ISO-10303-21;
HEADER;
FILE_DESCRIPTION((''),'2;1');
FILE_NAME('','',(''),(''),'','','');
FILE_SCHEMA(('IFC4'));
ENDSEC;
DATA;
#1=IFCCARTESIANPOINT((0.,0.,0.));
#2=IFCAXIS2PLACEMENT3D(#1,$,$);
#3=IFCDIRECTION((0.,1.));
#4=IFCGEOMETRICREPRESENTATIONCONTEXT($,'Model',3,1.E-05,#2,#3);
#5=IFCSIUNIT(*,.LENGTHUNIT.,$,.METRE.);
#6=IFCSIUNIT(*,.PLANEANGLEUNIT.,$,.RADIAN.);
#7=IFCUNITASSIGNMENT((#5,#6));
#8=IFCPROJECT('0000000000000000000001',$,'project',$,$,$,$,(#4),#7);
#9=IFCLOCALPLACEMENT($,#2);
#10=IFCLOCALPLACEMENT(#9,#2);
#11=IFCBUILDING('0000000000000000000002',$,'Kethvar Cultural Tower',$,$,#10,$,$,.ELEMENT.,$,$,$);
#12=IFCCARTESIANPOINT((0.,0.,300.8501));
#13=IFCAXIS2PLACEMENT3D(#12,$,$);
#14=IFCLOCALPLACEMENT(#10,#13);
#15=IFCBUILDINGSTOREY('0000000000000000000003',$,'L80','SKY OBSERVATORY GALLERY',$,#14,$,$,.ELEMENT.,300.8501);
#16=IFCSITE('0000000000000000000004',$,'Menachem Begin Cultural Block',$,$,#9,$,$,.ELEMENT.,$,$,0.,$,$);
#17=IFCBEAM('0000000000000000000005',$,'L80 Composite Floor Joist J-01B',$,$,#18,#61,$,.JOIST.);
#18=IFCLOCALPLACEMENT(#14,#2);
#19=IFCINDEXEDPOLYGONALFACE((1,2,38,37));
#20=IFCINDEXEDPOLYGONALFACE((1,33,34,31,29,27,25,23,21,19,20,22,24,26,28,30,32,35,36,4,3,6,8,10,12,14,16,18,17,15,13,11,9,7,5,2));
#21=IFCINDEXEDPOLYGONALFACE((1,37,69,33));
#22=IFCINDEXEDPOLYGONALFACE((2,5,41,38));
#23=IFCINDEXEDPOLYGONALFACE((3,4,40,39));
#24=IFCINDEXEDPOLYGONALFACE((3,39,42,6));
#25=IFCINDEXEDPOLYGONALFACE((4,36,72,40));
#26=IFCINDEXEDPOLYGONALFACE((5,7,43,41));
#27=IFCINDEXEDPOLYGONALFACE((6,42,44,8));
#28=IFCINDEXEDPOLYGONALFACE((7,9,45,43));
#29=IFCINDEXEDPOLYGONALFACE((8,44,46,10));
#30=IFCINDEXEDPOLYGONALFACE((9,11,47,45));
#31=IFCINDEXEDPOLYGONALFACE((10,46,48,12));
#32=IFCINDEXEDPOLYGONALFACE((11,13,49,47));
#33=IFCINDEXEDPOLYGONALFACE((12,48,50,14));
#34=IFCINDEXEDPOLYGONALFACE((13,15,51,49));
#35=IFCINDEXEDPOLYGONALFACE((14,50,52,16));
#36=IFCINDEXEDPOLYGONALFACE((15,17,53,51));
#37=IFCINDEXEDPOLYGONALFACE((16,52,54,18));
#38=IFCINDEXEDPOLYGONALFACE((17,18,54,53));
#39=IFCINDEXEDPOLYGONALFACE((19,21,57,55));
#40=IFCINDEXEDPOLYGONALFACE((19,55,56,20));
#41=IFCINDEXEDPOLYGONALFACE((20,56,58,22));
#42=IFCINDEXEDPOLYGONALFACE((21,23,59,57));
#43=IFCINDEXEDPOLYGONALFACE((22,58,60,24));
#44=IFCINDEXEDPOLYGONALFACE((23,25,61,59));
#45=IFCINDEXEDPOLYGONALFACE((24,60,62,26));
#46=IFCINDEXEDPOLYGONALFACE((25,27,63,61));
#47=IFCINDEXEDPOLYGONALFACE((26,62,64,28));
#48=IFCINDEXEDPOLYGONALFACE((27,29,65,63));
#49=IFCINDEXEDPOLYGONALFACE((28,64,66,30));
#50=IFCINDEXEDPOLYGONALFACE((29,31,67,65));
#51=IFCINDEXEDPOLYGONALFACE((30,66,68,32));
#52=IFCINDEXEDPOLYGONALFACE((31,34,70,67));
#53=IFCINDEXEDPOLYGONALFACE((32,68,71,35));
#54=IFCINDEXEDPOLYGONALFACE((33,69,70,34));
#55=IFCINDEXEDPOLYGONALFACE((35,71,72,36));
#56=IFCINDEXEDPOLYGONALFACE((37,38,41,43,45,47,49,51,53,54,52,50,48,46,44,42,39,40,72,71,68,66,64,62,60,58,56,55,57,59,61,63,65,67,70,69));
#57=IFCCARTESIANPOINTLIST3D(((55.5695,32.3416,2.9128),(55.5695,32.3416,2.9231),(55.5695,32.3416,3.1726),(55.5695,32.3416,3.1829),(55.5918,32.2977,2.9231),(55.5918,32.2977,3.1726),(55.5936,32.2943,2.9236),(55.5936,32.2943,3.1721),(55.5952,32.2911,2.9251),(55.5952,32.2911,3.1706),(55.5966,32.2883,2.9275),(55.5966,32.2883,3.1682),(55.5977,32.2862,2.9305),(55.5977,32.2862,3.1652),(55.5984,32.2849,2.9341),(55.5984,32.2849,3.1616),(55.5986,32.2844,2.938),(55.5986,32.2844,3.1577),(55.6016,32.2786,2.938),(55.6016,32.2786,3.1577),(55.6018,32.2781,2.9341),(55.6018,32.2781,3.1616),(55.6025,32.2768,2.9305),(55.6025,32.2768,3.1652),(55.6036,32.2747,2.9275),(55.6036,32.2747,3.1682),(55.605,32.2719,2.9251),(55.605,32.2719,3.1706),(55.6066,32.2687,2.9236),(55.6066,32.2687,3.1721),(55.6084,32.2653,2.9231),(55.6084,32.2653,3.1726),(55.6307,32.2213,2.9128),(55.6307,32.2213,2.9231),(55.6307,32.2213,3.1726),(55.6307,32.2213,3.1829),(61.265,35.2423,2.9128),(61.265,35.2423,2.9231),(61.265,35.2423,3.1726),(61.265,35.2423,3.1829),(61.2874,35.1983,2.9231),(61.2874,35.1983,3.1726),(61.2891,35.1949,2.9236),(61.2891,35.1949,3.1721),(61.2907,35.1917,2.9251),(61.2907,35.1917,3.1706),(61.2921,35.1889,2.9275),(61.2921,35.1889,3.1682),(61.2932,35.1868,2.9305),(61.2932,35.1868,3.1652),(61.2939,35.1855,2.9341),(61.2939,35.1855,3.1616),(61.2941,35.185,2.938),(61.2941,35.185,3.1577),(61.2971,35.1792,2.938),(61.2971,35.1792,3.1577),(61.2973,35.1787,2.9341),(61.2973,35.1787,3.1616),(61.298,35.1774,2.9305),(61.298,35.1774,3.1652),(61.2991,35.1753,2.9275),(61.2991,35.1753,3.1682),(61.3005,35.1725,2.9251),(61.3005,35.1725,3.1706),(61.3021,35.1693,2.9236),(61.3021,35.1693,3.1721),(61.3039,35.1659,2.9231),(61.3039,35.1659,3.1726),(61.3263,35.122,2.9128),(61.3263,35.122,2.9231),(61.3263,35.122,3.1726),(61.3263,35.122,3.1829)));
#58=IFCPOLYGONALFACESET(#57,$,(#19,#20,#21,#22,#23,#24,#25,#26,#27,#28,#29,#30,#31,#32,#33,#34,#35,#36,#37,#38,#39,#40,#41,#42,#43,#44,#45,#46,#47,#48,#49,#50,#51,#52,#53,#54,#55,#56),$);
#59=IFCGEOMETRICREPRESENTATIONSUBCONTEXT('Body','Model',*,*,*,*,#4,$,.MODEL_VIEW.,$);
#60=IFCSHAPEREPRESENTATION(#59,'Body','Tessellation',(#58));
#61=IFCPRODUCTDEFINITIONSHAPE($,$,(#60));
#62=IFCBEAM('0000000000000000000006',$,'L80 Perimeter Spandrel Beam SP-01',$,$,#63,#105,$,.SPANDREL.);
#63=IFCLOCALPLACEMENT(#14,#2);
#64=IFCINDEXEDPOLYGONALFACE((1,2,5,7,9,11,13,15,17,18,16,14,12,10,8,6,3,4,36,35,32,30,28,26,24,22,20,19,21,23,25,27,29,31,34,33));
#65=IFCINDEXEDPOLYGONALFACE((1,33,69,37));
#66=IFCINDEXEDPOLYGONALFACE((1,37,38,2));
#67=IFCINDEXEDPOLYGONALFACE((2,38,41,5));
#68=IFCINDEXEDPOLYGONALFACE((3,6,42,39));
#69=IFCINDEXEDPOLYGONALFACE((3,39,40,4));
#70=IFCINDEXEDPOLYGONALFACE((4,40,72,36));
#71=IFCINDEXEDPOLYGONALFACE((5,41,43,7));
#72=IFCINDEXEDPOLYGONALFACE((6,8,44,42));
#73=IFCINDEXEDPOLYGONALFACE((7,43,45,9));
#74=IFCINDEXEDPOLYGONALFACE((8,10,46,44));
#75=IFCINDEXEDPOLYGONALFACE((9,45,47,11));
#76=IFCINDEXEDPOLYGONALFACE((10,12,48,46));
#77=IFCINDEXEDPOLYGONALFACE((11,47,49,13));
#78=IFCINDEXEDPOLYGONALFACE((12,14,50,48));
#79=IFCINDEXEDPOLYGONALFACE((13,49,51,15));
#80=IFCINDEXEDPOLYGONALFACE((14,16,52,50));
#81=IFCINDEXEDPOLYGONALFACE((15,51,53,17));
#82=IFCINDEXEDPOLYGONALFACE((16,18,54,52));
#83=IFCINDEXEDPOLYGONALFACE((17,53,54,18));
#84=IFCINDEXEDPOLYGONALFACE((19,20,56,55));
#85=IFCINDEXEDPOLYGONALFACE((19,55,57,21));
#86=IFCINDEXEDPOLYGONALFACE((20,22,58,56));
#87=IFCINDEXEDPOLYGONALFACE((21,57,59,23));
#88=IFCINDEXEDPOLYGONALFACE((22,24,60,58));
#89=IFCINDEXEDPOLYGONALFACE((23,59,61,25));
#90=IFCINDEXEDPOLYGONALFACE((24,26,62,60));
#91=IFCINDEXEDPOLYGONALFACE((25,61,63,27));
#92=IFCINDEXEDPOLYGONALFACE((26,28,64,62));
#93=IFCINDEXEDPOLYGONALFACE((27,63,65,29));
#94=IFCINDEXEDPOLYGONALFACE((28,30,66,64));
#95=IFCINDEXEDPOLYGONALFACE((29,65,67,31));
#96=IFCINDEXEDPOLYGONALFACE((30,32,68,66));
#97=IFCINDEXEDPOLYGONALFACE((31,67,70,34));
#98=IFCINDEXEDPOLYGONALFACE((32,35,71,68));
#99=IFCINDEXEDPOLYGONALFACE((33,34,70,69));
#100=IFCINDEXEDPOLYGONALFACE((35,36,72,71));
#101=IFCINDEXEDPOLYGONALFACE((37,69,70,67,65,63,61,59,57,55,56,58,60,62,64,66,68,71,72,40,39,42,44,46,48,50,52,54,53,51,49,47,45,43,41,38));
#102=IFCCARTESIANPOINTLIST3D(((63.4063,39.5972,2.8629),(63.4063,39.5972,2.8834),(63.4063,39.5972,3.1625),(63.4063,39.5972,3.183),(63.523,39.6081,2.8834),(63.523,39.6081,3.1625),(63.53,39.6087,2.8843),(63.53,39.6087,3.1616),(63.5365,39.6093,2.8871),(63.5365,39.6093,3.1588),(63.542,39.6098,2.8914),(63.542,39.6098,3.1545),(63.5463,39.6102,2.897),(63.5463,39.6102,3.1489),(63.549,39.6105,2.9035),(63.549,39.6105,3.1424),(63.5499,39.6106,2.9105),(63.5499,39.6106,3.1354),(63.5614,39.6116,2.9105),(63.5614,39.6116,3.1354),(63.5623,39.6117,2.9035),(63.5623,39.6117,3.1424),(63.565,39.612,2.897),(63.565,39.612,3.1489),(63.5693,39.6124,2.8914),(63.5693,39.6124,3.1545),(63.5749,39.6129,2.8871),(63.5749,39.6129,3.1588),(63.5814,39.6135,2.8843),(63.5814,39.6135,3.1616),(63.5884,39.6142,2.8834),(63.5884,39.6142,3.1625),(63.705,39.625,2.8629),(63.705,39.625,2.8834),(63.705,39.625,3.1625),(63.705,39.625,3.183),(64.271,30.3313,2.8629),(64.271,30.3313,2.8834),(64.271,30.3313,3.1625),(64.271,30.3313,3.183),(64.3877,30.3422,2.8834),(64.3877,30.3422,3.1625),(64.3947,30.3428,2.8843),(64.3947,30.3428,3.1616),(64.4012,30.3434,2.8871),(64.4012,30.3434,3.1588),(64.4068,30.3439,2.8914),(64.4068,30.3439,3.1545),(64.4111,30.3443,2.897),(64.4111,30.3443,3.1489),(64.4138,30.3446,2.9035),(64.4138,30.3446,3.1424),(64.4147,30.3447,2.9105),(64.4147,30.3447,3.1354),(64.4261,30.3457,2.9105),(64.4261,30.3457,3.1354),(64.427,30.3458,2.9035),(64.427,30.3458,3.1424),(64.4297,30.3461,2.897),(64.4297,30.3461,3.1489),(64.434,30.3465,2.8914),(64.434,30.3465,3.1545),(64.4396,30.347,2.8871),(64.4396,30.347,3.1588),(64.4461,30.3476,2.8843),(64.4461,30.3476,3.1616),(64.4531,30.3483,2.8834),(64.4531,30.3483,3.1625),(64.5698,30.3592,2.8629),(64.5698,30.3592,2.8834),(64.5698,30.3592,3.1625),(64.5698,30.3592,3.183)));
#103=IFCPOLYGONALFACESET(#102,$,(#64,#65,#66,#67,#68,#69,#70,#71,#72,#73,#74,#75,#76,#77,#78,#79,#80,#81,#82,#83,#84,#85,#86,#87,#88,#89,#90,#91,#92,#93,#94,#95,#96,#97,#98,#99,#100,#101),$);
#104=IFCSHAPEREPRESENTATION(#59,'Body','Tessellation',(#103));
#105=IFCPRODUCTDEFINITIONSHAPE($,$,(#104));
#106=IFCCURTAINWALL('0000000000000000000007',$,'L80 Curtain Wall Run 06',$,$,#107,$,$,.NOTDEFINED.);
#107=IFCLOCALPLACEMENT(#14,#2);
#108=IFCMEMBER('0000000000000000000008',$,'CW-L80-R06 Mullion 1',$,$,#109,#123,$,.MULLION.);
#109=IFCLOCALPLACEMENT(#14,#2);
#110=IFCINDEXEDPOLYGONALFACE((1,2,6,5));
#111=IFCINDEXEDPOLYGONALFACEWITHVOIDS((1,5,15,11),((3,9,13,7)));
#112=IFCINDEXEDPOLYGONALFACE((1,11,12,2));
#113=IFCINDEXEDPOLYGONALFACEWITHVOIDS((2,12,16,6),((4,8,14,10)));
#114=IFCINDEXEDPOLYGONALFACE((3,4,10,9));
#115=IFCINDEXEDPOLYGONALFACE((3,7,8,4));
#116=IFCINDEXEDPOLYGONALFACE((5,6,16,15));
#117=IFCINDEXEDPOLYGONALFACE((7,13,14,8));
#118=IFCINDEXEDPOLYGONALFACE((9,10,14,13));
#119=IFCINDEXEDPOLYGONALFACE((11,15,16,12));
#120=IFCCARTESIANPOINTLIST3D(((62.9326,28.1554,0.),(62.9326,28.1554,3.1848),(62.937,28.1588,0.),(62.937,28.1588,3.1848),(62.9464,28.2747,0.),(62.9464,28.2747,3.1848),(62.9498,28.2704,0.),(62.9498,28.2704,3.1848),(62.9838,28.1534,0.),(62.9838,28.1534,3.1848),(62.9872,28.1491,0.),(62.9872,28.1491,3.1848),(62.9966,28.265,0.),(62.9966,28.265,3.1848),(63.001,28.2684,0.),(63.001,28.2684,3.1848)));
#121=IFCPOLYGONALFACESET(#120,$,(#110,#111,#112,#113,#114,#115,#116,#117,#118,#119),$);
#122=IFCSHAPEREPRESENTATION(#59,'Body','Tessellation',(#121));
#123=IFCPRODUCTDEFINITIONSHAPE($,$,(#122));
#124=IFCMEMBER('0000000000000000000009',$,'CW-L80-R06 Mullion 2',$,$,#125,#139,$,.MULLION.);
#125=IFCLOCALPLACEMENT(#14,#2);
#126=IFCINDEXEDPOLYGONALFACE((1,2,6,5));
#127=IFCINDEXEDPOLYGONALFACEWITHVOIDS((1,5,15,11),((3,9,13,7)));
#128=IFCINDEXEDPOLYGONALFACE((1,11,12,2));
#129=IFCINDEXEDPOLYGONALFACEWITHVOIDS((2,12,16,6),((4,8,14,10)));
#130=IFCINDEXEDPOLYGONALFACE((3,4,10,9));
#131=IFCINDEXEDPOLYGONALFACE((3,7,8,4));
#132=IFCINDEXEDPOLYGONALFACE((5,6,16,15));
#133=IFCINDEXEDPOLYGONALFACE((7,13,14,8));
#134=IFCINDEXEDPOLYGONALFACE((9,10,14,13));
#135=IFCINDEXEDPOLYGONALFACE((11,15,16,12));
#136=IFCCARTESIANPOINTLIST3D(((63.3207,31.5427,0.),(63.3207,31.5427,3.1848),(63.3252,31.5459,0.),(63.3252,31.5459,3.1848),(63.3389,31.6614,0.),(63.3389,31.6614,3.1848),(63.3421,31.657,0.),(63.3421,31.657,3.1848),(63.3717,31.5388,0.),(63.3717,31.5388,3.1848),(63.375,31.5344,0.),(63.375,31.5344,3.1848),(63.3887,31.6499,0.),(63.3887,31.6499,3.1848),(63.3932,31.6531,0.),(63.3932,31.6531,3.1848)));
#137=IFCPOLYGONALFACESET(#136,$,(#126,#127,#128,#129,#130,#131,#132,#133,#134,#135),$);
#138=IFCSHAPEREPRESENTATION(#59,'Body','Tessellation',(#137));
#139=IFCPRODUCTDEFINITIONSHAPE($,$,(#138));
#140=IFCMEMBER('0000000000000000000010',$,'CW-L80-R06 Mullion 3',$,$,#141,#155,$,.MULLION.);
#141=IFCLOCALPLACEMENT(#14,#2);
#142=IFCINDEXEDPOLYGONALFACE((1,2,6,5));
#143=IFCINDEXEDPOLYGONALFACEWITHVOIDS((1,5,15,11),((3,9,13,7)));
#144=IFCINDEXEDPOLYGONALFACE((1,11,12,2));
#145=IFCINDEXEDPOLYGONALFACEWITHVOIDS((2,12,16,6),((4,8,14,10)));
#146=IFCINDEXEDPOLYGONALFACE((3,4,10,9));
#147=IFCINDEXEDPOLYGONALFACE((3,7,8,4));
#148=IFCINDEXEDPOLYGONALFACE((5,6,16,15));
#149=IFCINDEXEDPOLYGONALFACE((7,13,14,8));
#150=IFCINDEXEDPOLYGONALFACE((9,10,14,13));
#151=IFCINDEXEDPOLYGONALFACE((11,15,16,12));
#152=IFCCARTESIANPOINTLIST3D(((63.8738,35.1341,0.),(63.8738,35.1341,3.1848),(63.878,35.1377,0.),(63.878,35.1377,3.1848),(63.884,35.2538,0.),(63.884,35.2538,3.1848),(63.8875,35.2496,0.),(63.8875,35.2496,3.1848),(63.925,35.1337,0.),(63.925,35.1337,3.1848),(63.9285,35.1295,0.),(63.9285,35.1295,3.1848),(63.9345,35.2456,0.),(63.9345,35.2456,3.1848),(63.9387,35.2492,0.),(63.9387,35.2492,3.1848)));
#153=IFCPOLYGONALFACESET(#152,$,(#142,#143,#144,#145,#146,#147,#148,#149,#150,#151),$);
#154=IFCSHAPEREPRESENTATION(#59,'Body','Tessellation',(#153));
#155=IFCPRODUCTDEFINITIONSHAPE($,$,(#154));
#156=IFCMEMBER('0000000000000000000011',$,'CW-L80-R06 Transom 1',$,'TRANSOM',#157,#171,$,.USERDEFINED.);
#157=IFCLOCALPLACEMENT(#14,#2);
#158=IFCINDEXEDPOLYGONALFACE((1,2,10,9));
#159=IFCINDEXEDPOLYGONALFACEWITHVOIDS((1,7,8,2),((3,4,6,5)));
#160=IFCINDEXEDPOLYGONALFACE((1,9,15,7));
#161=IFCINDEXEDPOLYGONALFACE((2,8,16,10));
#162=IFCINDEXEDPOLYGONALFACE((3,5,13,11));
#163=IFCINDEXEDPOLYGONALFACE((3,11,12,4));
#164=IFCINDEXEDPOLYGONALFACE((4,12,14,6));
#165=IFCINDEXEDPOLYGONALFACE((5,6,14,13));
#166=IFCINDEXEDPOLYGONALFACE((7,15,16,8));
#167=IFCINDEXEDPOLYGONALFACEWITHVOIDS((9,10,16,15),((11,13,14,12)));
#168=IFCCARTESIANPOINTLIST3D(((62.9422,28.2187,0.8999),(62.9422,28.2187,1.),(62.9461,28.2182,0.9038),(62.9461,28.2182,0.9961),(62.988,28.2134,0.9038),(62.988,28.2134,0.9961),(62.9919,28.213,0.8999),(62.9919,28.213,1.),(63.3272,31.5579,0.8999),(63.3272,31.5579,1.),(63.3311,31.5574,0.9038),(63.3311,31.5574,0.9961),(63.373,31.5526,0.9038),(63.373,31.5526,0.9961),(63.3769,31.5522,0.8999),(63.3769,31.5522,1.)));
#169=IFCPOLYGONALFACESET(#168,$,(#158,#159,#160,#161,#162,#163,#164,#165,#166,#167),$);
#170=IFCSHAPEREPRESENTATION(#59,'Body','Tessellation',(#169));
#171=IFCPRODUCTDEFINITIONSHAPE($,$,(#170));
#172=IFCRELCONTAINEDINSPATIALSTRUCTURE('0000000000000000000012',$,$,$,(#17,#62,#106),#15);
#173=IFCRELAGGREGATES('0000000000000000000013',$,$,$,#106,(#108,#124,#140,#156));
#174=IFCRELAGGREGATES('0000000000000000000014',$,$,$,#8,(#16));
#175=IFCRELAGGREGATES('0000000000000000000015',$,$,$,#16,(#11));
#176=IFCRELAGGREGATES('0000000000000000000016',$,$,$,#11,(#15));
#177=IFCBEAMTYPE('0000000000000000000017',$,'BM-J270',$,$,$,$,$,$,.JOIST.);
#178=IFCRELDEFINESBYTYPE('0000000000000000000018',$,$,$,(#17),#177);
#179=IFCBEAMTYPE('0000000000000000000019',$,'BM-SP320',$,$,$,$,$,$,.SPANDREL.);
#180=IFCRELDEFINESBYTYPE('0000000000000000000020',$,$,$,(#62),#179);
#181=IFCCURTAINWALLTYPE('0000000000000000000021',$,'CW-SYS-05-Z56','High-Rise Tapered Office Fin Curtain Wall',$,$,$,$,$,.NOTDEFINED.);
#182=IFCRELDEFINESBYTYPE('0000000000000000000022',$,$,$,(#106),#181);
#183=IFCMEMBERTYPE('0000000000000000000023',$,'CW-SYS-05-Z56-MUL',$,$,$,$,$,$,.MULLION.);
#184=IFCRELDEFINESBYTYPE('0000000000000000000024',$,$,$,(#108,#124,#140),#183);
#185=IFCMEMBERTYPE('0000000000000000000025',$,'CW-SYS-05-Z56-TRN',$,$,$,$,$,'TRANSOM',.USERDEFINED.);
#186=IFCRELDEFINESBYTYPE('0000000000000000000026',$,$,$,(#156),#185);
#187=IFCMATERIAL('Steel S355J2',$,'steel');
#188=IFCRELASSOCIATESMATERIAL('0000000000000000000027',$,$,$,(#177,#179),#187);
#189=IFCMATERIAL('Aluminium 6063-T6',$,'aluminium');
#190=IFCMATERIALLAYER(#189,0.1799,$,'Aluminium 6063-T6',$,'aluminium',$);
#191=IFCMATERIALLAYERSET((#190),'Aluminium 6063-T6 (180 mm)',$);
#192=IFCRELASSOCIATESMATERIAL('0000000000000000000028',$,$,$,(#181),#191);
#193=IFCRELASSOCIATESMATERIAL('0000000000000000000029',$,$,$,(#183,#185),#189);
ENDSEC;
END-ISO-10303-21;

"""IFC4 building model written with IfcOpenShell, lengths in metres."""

from ifc_helpers import new_model, si_unit, direction, frame, origin, origin_2d, place, context, subcontext, project, spatial, hollow_rectangle, i_section, extrude, source, transform, mapped, material, layer, layer_set, material_profile, profile_set, type_object, element, aggregate, save


model = new_model("IFC4")

# Units and contexts
model_context = context("Model", 3, precision=1e-05, world=origin(), true_north=direction((0.0, 1.0)))
body_context = subcontext(model_context, "Body", "Model", "MODEL_VIEW")
ifc_project = project(units=[si_unit("LENGTHUNIT", "METRE"), si_unit("PLANEANGLEUNIT", "RADIAN")], contexts=[model_context])

# Site, building, storey
site_placement = place(None, origin())
site = spatial("IfcSite", under=ifc_project, at=site_placement, Name="Menachem Begin Cultural Block", CompositionType="ELEMENT", RefElevation=0.0)
building_placement = place(site_placement, origin())
building = spatial("IfcBuilding", under=site, at=building_placement, Name="Kethvar Cultural Tower", CompositionType="ELEMENT")
storey_placement = place(building_placement, frame((0.0, 0.0, 300.8501)))
storey = spatial("IfcBuildingStorey", under=building, at=storey_placement, Name="L80", Description="SKY OBSERVATORY GALLERY", CompositionType="ELEMENT", Elevation=300.8501)

# Shared definitions
ifc_material_1 = material(Name="Steel S355J2", Category="steel")

# Beams
ifc_material_profile_1 = material_profile(ifc_material_1, i_section(OverallWidth=0.135, OverallDepth=0.27, WebThickness=0.0066, FlangeThickness=0.0103, FilletRadius=0.0149, at=origin_2d()), Name="Steel S355J2 — IPE270")
ifc_profile_set_1 = profile_set([ifc_material_profile_1], Name="Steel S355J2 — IPE270")
beam_type_1 = type_object("IfcBeamType", Name="BM-J270", PredefinedType="JOIST", material=ifc_profile_set_1)
shared_shape_1 = source(origin(), body_context, "Body", "SweptSolid", [
    extrude(i_section(OverallWidth=0.135, OverallDepth=0.27, WebThickness=0.0066, FlangeThickness=0.0103, FilletRadius=0.0149, at=origin_2d()), origin(), (0.0, 0.0, 1.0), 6.3916),
])
beam_1_placement = place(storey_placement, frame((55.6001, 32.2815, 3.0479), z_axis=(0.891095, 0.453817, 0.0), x_axis=(-0.453817, 0.891095, 0.0)))
element("IfcBeam", 1, at=beam_1_placement, inside=storey, type_object=beam_type_1, Name="L80 Composite Floor Joist J-01B", PredefinedType="JOIST", context=body_context, shape_type="MappedRepresentation", body=[
    mapped(shared_shape_1, transform((0.0, 0.0, 0.0), scale=1.0)),
])
ifc_material_profile_2 = material_profile(ifc_material_1, i_section(OverallWidth=0.3, OverallDepth=0.3201, WebThickness=0.0115, FlangeThickness=0.0205, FilletRadius=0.0271, at=origin_2d()), Name="Steel S355J2 — HEB320")
ifc_profile_set_2 = profile_set([ifc_material_profile_2], Name="Steel S355J2 — HEB320")
beam_type_2 = type_object("IfcBeamType", Name="BM-SP320", PredefinedType="SPANDREL", material=ifc_profile_set_2)
shared_shape_2 = source(origin(), body_context, "Body", "SweptSolid", [
    extrude(i_section(OverallWidth=0.3, OverallDepth=0.3201, WebThickness=0.0115, FlangeThickness=0.0205, FilletRadius=0.0271, at=origin_2d()), origin(), (0.0, 0.0, 1.0), 9.3062),
])
beam_2_placement = place(storey_placement, frame((64.4204, 30.3452, 3.0229), z_axis=(-0.092922, 0.995673, 0.0), x_axis=(-0.995673, -0.092922, 0.0)))
element("IfcBeam", 2, at=beam_2_placement, inside=storey, type_object=beam_type_2, Name="L80 Perimeter Spandrel Beam SP-01", PredefinedType="SPANDREL", context=body_context, shape_type="MappedRepresentation", body=[
    mapped(shared_shape_2, transform((0.0, 0.0, 0.0), scale=1.0)),
])

# Curtain wall, members
ifc_material_2 = material(Name="Aluminium 6063-T6", Category="aluminium")
ifc_layer_1 = layer(ifc_material_2, 0.1799, Name="Aluminium 6063-T6", Category="aluminium")
ifc_layer_set_1 = layer_set([ifc_layer_1], Name="Aluminium 6063-T6 (180 mm)")
curtain_wall_type = type_object("IfcCurtainWallType", Name="CW-SYS-05-Z56", Description="High-Rise Tapered Office Fin Curtain Wall", PredefinedType="NOTDEFINED", material=ifc_layer_set_1)
curtain_wall_placement = place(storey_placement, origin())
curtain_wall = element("IfcCurtainWall", 3, at=curtain_wall_placement, inside=storey, type_object=curtain_wall_type, Name="L80 Curtain Wall Run 06", PredefinedType="NOTDEFINED")
ifc_material_profile_3 = material_profile(ifc_material_2, hollow_rectangle(XDim=0.0549, YDim=0.1201, WallThickness=0.0039, at=origin_2d()), Name="Aluminium 6063-T6 — RHS120x55x4")
ifc_profile_set_3 = profile_set([ifc_material_profile_3], Name="Aluminium 6063-T6 — RHS120x55x4")
member_type_1 = type_object("IfcMemberType", Name="CW-SYS-05-Z56-MUL", PredefinedType="MULLION", material=ifc_profile_set_3)
shared_shape_3 = source(origin(), body_context, "Body", "SweptSolid", [
    extrude(hollow_rectangle(XDim=0.0549, YDim=0.1201, WallThickness=0.0039, at=origin_2d()), origin(), (0.0, 0.0, 1.0), 3.1848),
])
member_1_placement = place(storey_placement, frame((62.9668, 28.2119, 0.0), z_axis=(0.0, 0.0, 1.0), x_axis=(-0.993421, 0.114521, 0.0)))
member_1 = element("IfcMember", 4, at=member_1_placement, type_object=member_type_1, Name="CW-L80-R06 Mullion 1", PredefinedType="MULLION", context=body_context, shape_type="MappedRepresentation", body=[
    mapped(shared_shape_3, transform((0.0, 0.0, 0.0), scale=1.0)),
])
member_2_placement = place(storey_placement, frame((63.3569, 31.5979, 0.0), z_axis=(0.0, 0.0, 1.0), x_axis=(-0.988536, 0.150985, 0.0)))
member_2 = element("IfcMember", 5, at=member_2_placement, type_object=member_type_1, Name="CW-L80-R06 Mullion 2", PredefinedType="MULLION", context=body_context, shape_type="MappedRepresentation", body=[
    mapped(shared_shape_3, transform((0.0, 0.0, 0.0), scale=1.0)),
])
member_3_placement = place(storey_placement, frame((63.9062, 35.1917, 0.0), z_axis=(0.0, 0.0, 1.0), x_axis=(-0.996385, 0.084947, 0.0)))
member_3 = element("IfcMember", 6, at=member_3_placement, type_object=member_type_1, Name="CW-L80-R06 Mullion 3", PredefinedType="MULLION", context=body_context, shape_type="MappedRepresentation", body=[
    mapped(shared_shape_3, transform((0.0, 0.0, 0.0), scale=1.0)),
])
ifc_material_profile_4 = material_profile(ifc_material_2, hollow_rectangle(XDim=0.05, YDim=0.1001, WallThickness=0.0039, at=origin_2d()), Name="Aluminium 6063-T6 — RHS100x50x4")
ifc_profile_set_4 = profile_set([ifc_material_profile_4], Name="Aluminium 6063-T6 — RHS100x50x4")
member_type_2 = type_object("IfcMemberType", Name="CW-SYS-05-Z56-TRN", ElementType="TRANSOM", PredefinedType="USERDEFINED", material=ifc_profile_set_4)
shared_shape_4 = source(origin(), body_context, "Body", "SweptSolid", [
    extrude(hollow_rectangle(XDim=0.05, YDim=0.1001, WallThickness=0.0039, at=origin_2d()), origin(), (0.0, 0.0, 1.0), 3.3613),
])
member_4_placement = place(storey_placement, frame((62.967, 28.2158, 0.95), z_axis=(0.114544, 0.993418, 0.0), x_axis=(-0.993418, 0.114544, 0.0)))
member_4 = element("IfcMember", 7, at=member_4_placement, type_object=member_type_2, Name="CW-L80-R06 Transom 1", ObjectType="TRANSOM", PredefinedType="USERDEFINED", context=body_context, shape_type="MappedRepresentation", body=[
    mapped(shared_shape_4, transform((0.0, 0.0, 0.0), scale=1.0)),
])
aggregate(curtain_wall, [member_1, member_2, member_3, member_4])

save(model, "model.ifc")
